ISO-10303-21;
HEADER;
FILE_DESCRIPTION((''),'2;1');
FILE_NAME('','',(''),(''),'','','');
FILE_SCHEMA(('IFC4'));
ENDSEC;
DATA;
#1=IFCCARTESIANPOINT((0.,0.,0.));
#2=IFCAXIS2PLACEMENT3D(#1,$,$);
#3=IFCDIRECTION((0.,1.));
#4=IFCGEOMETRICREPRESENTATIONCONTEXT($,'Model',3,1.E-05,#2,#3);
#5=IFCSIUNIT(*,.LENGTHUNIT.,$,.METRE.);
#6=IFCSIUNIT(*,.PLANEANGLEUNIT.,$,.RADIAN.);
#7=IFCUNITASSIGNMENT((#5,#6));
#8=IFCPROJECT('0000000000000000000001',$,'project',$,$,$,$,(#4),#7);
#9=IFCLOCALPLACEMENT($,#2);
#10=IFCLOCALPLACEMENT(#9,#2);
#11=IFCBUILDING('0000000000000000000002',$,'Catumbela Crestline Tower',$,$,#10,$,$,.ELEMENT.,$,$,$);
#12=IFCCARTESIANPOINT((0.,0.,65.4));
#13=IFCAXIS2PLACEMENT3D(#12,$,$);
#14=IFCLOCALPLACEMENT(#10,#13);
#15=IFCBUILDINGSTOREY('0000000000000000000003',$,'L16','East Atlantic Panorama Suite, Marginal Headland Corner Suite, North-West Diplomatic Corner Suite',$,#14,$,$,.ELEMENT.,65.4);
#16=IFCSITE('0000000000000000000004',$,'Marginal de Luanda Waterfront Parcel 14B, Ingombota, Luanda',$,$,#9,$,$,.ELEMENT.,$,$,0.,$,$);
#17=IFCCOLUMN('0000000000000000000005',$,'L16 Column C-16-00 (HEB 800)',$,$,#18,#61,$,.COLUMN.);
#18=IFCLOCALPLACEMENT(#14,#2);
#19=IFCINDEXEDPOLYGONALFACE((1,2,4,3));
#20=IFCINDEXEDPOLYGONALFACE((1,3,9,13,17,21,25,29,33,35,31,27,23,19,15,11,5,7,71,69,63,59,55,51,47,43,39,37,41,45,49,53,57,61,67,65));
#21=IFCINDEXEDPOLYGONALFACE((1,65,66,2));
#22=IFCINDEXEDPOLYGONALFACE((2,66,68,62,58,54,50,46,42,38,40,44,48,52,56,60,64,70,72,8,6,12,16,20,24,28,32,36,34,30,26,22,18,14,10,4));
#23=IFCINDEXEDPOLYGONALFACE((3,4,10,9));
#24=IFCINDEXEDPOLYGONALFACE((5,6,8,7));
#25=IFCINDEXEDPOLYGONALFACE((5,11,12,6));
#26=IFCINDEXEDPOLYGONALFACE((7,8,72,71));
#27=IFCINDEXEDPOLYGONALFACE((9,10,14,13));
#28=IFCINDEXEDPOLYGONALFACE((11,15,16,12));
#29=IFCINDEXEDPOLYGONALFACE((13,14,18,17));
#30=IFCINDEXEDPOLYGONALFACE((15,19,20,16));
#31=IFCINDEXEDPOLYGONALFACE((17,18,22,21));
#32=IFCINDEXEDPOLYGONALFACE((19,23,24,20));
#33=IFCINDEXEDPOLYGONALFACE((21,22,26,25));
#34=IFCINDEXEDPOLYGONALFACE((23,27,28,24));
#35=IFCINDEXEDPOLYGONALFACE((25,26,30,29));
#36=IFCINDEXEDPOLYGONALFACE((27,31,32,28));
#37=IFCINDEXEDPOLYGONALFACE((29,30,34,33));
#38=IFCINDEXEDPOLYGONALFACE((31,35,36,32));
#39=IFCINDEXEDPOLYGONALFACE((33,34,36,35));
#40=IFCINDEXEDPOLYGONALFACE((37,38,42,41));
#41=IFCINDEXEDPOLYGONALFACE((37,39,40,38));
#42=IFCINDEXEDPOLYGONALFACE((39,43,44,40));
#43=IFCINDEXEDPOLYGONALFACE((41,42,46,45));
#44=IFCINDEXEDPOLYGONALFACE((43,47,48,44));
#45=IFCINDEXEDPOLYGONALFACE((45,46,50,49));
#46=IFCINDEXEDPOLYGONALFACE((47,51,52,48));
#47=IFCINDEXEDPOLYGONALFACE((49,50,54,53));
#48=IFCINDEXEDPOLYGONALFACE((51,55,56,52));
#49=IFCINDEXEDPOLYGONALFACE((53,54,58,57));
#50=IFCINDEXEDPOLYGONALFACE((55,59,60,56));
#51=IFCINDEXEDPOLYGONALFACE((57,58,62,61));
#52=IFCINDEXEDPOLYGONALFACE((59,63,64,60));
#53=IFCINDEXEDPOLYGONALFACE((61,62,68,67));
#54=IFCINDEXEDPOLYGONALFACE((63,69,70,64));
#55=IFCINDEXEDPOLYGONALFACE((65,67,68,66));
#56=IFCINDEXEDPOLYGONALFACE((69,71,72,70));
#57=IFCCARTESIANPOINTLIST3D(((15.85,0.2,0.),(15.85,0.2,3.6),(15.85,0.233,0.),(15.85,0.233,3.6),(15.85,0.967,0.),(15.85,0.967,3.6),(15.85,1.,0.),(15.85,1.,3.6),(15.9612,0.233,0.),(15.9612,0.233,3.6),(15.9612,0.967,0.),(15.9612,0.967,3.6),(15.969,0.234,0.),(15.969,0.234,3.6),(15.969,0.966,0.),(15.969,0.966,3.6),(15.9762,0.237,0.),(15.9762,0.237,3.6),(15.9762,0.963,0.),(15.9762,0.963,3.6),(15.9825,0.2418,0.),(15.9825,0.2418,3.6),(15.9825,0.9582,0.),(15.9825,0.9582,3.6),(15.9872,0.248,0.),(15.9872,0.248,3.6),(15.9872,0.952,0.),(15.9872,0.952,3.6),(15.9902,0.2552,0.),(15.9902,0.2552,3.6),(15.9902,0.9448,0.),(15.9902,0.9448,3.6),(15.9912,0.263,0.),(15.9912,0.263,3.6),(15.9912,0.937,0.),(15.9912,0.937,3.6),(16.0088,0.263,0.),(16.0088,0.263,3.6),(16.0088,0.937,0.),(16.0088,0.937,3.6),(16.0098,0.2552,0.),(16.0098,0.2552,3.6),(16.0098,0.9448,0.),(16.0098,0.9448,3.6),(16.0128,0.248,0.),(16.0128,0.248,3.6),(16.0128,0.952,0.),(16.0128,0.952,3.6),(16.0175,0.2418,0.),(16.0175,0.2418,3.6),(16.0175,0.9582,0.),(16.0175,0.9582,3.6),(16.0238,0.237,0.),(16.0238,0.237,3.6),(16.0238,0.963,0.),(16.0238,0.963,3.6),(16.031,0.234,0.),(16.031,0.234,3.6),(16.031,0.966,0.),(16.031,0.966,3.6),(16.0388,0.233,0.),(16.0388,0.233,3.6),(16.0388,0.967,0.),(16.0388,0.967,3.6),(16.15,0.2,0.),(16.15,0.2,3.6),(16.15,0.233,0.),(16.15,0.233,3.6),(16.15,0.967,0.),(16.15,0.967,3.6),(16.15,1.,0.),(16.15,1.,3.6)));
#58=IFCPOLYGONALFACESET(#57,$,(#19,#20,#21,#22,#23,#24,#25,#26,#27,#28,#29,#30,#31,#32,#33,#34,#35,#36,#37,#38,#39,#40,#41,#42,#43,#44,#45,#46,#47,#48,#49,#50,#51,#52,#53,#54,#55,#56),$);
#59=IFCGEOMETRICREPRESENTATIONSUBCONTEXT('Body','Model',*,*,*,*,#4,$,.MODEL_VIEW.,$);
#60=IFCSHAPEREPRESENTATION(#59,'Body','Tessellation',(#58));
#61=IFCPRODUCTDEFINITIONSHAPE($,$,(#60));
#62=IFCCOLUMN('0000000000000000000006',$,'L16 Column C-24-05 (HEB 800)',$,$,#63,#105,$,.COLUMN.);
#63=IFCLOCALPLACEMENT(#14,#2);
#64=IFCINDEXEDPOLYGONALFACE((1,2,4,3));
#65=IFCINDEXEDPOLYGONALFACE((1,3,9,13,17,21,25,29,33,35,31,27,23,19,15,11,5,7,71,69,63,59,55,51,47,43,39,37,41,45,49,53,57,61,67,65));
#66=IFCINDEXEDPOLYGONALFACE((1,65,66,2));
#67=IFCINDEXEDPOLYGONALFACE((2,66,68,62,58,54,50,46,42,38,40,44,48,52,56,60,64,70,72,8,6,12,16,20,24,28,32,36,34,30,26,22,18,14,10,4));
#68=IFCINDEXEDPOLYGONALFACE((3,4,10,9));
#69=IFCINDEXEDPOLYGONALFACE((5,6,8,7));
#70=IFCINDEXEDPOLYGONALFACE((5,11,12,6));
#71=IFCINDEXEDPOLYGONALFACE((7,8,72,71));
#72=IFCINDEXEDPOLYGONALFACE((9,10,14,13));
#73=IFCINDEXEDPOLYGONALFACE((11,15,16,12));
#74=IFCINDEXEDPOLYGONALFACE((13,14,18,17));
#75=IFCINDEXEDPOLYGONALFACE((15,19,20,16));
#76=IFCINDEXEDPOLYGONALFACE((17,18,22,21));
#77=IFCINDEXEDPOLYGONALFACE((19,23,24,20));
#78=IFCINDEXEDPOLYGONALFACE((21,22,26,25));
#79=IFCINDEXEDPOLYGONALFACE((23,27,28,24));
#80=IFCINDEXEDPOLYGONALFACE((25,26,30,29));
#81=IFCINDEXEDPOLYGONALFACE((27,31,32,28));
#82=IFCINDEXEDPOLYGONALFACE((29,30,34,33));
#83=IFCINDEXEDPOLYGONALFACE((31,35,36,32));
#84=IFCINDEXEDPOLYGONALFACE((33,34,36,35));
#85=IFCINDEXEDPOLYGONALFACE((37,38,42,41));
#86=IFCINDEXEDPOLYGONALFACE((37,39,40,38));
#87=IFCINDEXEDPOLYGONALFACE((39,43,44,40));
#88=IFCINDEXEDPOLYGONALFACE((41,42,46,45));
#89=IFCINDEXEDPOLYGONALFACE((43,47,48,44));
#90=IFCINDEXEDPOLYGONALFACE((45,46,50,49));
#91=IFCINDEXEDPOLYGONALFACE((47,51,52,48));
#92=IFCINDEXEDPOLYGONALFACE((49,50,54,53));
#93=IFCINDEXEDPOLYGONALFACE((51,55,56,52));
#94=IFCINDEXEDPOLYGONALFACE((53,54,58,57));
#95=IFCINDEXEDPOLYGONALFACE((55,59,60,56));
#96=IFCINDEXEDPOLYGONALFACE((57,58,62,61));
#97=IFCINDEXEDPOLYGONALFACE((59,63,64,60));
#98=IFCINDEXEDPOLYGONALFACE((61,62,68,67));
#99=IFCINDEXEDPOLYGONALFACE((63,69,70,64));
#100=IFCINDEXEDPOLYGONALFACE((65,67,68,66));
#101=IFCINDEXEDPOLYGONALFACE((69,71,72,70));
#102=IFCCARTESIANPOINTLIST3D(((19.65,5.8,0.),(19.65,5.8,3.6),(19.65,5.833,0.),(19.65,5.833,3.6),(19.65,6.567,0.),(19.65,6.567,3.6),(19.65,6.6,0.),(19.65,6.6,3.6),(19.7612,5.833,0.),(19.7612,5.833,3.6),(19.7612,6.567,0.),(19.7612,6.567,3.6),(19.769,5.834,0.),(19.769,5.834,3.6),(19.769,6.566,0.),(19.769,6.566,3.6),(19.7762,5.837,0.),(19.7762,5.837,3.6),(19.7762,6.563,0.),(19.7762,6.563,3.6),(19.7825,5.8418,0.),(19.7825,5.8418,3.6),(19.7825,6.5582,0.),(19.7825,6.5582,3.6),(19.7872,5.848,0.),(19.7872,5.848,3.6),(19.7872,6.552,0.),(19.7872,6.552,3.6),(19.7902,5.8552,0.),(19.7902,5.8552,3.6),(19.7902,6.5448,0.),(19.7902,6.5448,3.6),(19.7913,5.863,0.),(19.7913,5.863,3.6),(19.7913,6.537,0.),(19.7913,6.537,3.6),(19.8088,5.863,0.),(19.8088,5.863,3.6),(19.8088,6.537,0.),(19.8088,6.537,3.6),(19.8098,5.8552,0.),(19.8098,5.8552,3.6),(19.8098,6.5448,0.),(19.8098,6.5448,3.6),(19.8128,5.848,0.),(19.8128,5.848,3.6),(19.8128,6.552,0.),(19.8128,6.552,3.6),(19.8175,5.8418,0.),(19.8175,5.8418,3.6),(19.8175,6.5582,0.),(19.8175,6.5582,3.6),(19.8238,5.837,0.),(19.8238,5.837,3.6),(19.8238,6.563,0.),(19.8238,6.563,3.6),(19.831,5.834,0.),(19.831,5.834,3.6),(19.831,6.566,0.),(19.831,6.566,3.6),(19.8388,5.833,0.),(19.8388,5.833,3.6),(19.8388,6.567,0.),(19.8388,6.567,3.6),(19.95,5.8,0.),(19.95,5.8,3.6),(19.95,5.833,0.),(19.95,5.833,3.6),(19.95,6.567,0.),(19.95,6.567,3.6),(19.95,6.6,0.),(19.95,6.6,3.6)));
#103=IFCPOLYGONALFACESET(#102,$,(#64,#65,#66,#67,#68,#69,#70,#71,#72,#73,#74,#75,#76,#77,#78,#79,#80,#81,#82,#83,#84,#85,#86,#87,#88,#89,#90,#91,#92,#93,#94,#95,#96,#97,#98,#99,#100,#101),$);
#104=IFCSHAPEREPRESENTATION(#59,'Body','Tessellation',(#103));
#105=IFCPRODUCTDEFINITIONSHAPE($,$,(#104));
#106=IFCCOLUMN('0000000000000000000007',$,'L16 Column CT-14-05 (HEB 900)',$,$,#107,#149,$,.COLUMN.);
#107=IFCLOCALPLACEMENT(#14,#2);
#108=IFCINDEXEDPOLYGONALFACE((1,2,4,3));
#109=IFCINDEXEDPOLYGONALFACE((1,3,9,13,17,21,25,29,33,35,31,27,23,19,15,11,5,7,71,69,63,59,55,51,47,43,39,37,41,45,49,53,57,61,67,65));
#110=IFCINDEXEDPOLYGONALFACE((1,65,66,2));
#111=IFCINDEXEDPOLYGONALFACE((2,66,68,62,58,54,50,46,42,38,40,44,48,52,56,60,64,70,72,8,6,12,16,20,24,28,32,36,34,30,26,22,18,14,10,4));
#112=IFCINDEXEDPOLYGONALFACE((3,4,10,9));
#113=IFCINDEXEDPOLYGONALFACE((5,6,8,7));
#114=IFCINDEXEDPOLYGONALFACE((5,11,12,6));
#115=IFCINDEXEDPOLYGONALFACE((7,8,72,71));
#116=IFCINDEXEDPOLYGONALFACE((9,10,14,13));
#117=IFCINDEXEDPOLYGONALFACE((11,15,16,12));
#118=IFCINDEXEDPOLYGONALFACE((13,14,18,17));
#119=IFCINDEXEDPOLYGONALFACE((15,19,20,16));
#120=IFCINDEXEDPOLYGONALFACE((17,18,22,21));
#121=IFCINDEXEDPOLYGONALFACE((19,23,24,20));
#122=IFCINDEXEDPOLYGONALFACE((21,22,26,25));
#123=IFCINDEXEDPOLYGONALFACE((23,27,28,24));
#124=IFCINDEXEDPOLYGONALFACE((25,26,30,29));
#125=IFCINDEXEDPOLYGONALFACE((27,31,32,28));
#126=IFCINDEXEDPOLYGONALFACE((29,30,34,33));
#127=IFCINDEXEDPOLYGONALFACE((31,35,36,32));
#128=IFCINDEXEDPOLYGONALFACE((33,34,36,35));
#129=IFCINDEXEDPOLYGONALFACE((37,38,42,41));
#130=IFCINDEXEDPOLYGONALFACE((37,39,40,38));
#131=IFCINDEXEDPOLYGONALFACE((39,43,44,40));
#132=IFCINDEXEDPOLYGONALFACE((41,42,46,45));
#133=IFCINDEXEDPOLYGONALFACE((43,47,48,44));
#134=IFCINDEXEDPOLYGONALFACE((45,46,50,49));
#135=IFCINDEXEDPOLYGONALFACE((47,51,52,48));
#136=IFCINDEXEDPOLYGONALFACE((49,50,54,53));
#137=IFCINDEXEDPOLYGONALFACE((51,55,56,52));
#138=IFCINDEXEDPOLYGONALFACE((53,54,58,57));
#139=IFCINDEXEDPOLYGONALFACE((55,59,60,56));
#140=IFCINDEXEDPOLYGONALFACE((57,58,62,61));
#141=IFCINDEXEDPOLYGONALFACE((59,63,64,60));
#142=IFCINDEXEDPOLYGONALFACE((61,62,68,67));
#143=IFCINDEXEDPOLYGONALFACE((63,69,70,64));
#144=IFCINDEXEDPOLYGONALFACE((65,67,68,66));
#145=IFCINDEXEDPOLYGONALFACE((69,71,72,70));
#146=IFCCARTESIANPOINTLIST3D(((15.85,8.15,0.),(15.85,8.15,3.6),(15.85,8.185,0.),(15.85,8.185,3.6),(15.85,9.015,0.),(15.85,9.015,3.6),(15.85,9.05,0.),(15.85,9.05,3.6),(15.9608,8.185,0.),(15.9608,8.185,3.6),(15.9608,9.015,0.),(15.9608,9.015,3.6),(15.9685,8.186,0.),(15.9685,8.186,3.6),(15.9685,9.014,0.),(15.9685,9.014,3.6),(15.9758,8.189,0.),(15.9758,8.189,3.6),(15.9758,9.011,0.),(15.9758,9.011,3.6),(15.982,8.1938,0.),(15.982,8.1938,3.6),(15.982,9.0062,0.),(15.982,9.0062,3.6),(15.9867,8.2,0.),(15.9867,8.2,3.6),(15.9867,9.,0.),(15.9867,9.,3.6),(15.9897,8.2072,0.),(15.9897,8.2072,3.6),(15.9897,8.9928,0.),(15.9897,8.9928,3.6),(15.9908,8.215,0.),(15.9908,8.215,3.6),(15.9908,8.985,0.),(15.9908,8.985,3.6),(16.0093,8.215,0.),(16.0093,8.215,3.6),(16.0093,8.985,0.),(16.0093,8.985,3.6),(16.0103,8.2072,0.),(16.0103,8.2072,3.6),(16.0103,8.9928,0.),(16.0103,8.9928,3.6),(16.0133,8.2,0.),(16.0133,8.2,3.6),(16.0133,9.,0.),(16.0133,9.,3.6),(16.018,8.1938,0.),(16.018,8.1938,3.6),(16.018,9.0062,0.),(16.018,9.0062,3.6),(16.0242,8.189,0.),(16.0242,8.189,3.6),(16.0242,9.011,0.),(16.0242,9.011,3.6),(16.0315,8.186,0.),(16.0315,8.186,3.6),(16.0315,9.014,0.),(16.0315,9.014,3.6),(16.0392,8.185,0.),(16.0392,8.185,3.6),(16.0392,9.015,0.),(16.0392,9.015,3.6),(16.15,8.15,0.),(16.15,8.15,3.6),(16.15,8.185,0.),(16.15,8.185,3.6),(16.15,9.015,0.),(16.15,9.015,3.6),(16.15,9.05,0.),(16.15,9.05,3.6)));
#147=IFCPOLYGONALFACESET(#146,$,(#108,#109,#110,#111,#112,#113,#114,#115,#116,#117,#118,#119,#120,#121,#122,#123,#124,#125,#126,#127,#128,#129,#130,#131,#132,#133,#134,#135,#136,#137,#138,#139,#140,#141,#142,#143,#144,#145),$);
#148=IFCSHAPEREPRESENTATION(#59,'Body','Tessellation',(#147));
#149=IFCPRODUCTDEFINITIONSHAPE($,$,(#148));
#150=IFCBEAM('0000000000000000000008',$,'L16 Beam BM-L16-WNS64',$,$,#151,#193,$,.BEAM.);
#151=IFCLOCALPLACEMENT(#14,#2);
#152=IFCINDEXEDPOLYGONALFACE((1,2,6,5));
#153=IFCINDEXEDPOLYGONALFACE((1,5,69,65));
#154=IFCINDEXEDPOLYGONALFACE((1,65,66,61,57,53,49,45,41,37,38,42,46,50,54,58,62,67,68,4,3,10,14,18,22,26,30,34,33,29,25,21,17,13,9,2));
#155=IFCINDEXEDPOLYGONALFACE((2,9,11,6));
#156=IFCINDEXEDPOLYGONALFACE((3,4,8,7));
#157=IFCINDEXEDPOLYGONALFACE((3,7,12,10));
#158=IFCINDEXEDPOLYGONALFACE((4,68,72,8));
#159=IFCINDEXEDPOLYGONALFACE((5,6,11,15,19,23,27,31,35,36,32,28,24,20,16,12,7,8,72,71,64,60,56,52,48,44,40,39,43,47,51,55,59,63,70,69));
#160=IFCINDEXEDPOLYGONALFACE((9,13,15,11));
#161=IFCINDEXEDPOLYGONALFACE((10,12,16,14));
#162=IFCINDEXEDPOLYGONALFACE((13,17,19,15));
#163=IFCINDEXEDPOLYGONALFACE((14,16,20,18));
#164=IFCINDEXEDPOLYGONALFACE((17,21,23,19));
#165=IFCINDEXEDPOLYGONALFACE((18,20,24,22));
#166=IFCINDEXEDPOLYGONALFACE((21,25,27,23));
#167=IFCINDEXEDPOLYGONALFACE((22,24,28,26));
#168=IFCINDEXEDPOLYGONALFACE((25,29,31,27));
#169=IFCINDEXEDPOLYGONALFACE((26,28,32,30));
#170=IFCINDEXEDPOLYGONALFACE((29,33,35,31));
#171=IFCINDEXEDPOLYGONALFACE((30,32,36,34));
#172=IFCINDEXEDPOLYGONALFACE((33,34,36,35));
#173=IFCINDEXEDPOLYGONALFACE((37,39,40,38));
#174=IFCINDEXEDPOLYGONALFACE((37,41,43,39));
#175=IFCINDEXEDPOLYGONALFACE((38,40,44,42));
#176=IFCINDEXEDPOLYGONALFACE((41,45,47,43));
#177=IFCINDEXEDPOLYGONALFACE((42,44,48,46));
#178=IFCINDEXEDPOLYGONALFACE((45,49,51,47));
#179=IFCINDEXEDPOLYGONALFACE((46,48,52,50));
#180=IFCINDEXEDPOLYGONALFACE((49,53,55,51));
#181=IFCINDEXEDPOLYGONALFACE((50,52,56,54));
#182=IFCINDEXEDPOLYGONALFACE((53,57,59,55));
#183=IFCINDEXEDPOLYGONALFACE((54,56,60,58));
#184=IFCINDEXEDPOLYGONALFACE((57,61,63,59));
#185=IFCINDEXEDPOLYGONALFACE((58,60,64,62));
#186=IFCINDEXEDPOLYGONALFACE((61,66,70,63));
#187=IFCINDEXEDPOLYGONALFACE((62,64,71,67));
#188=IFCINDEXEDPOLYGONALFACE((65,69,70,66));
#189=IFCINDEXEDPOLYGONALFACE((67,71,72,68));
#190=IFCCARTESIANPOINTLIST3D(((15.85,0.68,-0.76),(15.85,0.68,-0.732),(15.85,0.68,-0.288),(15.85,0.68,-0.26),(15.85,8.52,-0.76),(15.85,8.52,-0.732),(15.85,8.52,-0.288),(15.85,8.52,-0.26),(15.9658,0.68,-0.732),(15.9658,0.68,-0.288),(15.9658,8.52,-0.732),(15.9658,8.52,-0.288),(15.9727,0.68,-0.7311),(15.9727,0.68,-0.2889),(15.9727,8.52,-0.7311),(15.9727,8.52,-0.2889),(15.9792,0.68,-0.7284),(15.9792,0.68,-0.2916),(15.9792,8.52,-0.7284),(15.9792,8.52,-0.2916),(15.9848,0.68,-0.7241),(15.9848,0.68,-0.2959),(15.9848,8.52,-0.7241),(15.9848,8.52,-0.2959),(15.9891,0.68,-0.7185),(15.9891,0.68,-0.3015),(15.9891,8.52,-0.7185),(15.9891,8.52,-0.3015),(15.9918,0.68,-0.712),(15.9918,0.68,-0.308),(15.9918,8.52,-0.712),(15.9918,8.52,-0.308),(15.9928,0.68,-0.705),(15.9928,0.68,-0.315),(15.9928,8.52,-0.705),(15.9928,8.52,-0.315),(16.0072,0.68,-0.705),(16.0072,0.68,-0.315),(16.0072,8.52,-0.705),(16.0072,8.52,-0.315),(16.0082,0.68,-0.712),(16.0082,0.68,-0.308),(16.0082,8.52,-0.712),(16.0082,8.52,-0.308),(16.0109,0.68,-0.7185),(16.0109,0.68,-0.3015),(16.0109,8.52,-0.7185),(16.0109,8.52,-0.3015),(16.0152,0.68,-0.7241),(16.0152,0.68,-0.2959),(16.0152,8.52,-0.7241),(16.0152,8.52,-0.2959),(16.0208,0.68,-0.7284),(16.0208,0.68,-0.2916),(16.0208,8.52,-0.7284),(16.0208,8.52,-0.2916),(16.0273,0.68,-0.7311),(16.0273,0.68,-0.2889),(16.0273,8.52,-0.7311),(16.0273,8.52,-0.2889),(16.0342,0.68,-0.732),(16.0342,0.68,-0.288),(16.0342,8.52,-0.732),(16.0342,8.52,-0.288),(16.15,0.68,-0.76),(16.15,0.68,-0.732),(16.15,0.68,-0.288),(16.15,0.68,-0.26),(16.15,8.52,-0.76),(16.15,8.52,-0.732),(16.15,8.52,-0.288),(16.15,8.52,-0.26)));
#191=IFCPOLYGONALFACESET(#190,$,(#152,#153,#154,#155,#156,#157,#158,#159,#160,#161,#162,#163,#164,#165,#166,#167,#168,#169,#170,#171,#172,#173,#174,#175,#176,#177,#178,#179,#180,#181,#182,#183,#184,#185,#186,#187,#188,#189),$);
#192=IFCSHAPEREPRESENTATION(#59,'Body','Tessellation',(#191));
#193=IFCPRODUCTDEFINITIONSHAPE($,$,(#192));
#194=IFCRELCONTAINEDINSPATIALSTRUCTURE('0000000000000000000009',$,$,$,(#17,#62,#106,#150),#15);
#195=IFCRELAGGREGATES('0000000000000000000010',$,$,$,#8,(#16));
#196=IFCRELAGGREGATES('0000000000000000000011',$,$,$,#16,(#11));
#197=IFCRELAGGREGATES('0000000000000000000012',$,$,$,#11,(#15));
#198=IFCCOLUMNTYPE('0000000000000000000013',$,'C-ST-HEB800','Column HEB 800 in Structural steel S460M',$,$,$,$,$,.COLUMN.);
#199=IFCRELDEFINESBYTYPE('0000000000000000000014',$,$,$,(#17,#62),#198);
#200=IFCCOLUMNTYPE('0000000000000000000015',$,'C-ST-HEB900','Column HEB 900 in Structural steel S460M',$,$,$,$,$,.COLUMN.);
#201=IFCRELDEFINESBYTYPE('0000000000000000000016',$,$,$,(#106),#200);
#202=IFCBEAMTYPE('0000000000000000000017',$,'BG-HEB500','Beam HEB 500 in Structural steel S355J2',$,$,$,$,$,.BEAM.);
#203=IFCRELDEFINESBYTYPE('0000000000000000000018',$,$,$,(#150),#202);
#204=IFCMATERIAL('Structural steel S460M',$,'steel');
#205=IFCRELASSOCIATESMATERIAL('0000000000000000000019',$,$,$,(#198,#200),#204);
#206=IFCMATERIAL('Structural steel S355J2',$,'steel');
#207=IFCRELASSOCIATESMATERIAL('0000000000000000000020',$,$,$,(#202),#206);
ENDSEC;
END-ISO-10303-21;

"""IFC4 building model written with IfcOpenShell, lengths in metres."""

from ifc_helpers import new_model, si_unit, direction, frame, origin, origin_2d, place, context, subcontext, project, spatial, i_section, extrude, material, material_profile, profile_set, type_object, element, save


model = new_model("IFC4")

# Units and contexts
model_context = context("Model", 3, precision=1e-05, world=origin(), true_north=direction((0.0, 1.0)))
body_context = subcontext(model_context, "Body", "Model", "MODEL_VIEW")
ifc_project = project(units=[si_unit("LENGTHUNIT", "METRE"), si_unit("PLANEANGLEUNIT", "RADIAN")], contexts=[model_context])

# Site, building, storey
site_placement = place(None, origin())
site = spatial("IfcSite", under=ifc_project, at=site_placement, Name="Marginal de Luanda Waterfront Parcel 14B, Ingombota, Luanda", CompositionType="ELEMENT", RefElevation=0.0)
building_placement = place(site_placement, origin())
building = spatial("IfcBuilding", under=site, at=building_placement, Name="Catumbela Crestline Tower", CompositionType="ELEMENT")
storey_placement = place(building_placement, frame((0.0, 0.0, 65.4)))
storey = spatial("IfcBuildingStorey", under=building, at=storey_placement, Name="L16", Description="East Atlantic Panorama Suite, Marginal Headland Corner Suite, North-West Diplomatic Corner Suite", CompositionType="ELEMENT", Elevation=65.4)

# Columns
ifc_material_1 = material(Name="Structural steel S460M", Category="steel")
ifc_material_profile_1 = material_profile(ifc_material_1, i_section(OverallWidth=0.3, OverallDepth=0.8, WebThickness=0.0175, FlangeThickness=0.033, FilletRadius=0.03, at=origin_2d()), Name="HEB 800")
ifc_profile_set_1 = profile_set([ifc_material_profile_1], Name="Structural steel S460M")
column_type_1 = type_object("IfcColumnType", Name="C-ST-HEB800", Description="Column HEB 800 in Structural steel S460M", PredefinedType="COLUMN", material=ifc_profile_set_1)
for number, where, z_axis, x_axis, name in (
    (1, (16.0, 0.6, 0.0), (0.0, 0.0, 1.0), (1.0, 0.0, 0.0), "L16 Column C-16-00 (HEB 800)"),
    (2, (19.8, 6.2, 0.0), (0.0, 0.0, 1.0), (1.0, 0.0, 0.0), "L16 Column C-24-05 (HEB 800)"),
):
    element("IfcColumn", number, at=place(storey_placement, frame(where, z_axis=z_axis, x_axis=x_axis)), inside=storey, type_object=column_type_1, Name=name, PredefinedType="COLUMN", context=body_context, shape_type="SweptSolid", body=[
        extrude(i_section(OverallWidth=0.3, OverallDepth=0.8, WebThickness=0.0175, FlangeThickness=0.033, FilletRadius=0.03, at=origin_2d()), origin(), (0.0, 0.0, 1.0), 3.6),
    ])
ifc_material_profile_2 = material_profile(ifc_material_1, i_section(OverallWidth=0.3, OverallDepth=0.9, WebThickness=0.0185, FlangeThickness=0.035, FilletRadius=0.03, at=origin_2d()), Name="HEB 900")
ifc_profile_set_2 = profile_set([ifc_material_profile_2], Name="Structural steel S460M")
column_type_2 = type_object("IfcColumnType", Name="C-ST-HEB900", Description="Column HEB 900 in Structural steel S460M", PredefinedType="COLUMN", material=ifc_profile_set_2)
column_placement = place(storey_placement, frame((16.0, 8.6, 0.0), z_axis=(0.0, 0.0, 1.0), x_axis=(1.0, 0.0, 0.0)))
element("IfcColumn", 3, at=column_placement, inside=storey, type_object=column_type_2, Name="L16 Column CT-14-05 (HEB 900)", PredefinedType="COLUMN", context=body_context, shape_type="SweptSolid", body=[
    extrude(i_section(OverallWidth=0.3, OverallDepth=0.9, WebThickness=0.0185, FlangeThickness=0.035, FilletRadius=0.03, at=origin_2d()), origin(), (0.0, 0.0, 1.0), 3.6),
])

# Beam
ifc_material_2 = material(Name="Structural steel S355J2", Category="steel")
ifc_material_profile_3 = material_profile(ifc_material_2, i_section(OverallWidth=0.3, OverallDepth=0.5, WebThickness=0.0145, FlangeThickness=0.028, FilletRadius=0.027, at=origin_2d()), Name="HEB 500")
ifc_profile_set_3 = profile_set([ifc_material_profile_3], Name="Structural steel S355J2")
beam_type = type_object("IfcBeamType", Name="BG-HEB500", Description="Beam HEB 500 in Structural steel S355J2", PredefinedType="BEAM", material=ifc_profile_set_3)
beam_placement = place(storey_placement, frame((16.0, 0.68, -0.51), z_axis=(0.0, 1.0, 0.0), x_axis=(-1.0, 0.0, 0.0)))
element("IfcBeam", 4, at=beam_placement, inside=storey, type_object=beam_type, Name="L16 Beam BM-L16-WNS64", PredefinedType="BEAM", context=body_context, shape_type="SweptSolid", body=[
    extrude(i_section(OverallWidth=0.3, OverallDepth=0.5, WebThickness=0.0145, FlangeThickness=0.028, FilletRadius=0.027, at=origin_2d()), origin(), (0.0, 0.0, 1.0), 7.84),
])

save(model, "model.ifc")
